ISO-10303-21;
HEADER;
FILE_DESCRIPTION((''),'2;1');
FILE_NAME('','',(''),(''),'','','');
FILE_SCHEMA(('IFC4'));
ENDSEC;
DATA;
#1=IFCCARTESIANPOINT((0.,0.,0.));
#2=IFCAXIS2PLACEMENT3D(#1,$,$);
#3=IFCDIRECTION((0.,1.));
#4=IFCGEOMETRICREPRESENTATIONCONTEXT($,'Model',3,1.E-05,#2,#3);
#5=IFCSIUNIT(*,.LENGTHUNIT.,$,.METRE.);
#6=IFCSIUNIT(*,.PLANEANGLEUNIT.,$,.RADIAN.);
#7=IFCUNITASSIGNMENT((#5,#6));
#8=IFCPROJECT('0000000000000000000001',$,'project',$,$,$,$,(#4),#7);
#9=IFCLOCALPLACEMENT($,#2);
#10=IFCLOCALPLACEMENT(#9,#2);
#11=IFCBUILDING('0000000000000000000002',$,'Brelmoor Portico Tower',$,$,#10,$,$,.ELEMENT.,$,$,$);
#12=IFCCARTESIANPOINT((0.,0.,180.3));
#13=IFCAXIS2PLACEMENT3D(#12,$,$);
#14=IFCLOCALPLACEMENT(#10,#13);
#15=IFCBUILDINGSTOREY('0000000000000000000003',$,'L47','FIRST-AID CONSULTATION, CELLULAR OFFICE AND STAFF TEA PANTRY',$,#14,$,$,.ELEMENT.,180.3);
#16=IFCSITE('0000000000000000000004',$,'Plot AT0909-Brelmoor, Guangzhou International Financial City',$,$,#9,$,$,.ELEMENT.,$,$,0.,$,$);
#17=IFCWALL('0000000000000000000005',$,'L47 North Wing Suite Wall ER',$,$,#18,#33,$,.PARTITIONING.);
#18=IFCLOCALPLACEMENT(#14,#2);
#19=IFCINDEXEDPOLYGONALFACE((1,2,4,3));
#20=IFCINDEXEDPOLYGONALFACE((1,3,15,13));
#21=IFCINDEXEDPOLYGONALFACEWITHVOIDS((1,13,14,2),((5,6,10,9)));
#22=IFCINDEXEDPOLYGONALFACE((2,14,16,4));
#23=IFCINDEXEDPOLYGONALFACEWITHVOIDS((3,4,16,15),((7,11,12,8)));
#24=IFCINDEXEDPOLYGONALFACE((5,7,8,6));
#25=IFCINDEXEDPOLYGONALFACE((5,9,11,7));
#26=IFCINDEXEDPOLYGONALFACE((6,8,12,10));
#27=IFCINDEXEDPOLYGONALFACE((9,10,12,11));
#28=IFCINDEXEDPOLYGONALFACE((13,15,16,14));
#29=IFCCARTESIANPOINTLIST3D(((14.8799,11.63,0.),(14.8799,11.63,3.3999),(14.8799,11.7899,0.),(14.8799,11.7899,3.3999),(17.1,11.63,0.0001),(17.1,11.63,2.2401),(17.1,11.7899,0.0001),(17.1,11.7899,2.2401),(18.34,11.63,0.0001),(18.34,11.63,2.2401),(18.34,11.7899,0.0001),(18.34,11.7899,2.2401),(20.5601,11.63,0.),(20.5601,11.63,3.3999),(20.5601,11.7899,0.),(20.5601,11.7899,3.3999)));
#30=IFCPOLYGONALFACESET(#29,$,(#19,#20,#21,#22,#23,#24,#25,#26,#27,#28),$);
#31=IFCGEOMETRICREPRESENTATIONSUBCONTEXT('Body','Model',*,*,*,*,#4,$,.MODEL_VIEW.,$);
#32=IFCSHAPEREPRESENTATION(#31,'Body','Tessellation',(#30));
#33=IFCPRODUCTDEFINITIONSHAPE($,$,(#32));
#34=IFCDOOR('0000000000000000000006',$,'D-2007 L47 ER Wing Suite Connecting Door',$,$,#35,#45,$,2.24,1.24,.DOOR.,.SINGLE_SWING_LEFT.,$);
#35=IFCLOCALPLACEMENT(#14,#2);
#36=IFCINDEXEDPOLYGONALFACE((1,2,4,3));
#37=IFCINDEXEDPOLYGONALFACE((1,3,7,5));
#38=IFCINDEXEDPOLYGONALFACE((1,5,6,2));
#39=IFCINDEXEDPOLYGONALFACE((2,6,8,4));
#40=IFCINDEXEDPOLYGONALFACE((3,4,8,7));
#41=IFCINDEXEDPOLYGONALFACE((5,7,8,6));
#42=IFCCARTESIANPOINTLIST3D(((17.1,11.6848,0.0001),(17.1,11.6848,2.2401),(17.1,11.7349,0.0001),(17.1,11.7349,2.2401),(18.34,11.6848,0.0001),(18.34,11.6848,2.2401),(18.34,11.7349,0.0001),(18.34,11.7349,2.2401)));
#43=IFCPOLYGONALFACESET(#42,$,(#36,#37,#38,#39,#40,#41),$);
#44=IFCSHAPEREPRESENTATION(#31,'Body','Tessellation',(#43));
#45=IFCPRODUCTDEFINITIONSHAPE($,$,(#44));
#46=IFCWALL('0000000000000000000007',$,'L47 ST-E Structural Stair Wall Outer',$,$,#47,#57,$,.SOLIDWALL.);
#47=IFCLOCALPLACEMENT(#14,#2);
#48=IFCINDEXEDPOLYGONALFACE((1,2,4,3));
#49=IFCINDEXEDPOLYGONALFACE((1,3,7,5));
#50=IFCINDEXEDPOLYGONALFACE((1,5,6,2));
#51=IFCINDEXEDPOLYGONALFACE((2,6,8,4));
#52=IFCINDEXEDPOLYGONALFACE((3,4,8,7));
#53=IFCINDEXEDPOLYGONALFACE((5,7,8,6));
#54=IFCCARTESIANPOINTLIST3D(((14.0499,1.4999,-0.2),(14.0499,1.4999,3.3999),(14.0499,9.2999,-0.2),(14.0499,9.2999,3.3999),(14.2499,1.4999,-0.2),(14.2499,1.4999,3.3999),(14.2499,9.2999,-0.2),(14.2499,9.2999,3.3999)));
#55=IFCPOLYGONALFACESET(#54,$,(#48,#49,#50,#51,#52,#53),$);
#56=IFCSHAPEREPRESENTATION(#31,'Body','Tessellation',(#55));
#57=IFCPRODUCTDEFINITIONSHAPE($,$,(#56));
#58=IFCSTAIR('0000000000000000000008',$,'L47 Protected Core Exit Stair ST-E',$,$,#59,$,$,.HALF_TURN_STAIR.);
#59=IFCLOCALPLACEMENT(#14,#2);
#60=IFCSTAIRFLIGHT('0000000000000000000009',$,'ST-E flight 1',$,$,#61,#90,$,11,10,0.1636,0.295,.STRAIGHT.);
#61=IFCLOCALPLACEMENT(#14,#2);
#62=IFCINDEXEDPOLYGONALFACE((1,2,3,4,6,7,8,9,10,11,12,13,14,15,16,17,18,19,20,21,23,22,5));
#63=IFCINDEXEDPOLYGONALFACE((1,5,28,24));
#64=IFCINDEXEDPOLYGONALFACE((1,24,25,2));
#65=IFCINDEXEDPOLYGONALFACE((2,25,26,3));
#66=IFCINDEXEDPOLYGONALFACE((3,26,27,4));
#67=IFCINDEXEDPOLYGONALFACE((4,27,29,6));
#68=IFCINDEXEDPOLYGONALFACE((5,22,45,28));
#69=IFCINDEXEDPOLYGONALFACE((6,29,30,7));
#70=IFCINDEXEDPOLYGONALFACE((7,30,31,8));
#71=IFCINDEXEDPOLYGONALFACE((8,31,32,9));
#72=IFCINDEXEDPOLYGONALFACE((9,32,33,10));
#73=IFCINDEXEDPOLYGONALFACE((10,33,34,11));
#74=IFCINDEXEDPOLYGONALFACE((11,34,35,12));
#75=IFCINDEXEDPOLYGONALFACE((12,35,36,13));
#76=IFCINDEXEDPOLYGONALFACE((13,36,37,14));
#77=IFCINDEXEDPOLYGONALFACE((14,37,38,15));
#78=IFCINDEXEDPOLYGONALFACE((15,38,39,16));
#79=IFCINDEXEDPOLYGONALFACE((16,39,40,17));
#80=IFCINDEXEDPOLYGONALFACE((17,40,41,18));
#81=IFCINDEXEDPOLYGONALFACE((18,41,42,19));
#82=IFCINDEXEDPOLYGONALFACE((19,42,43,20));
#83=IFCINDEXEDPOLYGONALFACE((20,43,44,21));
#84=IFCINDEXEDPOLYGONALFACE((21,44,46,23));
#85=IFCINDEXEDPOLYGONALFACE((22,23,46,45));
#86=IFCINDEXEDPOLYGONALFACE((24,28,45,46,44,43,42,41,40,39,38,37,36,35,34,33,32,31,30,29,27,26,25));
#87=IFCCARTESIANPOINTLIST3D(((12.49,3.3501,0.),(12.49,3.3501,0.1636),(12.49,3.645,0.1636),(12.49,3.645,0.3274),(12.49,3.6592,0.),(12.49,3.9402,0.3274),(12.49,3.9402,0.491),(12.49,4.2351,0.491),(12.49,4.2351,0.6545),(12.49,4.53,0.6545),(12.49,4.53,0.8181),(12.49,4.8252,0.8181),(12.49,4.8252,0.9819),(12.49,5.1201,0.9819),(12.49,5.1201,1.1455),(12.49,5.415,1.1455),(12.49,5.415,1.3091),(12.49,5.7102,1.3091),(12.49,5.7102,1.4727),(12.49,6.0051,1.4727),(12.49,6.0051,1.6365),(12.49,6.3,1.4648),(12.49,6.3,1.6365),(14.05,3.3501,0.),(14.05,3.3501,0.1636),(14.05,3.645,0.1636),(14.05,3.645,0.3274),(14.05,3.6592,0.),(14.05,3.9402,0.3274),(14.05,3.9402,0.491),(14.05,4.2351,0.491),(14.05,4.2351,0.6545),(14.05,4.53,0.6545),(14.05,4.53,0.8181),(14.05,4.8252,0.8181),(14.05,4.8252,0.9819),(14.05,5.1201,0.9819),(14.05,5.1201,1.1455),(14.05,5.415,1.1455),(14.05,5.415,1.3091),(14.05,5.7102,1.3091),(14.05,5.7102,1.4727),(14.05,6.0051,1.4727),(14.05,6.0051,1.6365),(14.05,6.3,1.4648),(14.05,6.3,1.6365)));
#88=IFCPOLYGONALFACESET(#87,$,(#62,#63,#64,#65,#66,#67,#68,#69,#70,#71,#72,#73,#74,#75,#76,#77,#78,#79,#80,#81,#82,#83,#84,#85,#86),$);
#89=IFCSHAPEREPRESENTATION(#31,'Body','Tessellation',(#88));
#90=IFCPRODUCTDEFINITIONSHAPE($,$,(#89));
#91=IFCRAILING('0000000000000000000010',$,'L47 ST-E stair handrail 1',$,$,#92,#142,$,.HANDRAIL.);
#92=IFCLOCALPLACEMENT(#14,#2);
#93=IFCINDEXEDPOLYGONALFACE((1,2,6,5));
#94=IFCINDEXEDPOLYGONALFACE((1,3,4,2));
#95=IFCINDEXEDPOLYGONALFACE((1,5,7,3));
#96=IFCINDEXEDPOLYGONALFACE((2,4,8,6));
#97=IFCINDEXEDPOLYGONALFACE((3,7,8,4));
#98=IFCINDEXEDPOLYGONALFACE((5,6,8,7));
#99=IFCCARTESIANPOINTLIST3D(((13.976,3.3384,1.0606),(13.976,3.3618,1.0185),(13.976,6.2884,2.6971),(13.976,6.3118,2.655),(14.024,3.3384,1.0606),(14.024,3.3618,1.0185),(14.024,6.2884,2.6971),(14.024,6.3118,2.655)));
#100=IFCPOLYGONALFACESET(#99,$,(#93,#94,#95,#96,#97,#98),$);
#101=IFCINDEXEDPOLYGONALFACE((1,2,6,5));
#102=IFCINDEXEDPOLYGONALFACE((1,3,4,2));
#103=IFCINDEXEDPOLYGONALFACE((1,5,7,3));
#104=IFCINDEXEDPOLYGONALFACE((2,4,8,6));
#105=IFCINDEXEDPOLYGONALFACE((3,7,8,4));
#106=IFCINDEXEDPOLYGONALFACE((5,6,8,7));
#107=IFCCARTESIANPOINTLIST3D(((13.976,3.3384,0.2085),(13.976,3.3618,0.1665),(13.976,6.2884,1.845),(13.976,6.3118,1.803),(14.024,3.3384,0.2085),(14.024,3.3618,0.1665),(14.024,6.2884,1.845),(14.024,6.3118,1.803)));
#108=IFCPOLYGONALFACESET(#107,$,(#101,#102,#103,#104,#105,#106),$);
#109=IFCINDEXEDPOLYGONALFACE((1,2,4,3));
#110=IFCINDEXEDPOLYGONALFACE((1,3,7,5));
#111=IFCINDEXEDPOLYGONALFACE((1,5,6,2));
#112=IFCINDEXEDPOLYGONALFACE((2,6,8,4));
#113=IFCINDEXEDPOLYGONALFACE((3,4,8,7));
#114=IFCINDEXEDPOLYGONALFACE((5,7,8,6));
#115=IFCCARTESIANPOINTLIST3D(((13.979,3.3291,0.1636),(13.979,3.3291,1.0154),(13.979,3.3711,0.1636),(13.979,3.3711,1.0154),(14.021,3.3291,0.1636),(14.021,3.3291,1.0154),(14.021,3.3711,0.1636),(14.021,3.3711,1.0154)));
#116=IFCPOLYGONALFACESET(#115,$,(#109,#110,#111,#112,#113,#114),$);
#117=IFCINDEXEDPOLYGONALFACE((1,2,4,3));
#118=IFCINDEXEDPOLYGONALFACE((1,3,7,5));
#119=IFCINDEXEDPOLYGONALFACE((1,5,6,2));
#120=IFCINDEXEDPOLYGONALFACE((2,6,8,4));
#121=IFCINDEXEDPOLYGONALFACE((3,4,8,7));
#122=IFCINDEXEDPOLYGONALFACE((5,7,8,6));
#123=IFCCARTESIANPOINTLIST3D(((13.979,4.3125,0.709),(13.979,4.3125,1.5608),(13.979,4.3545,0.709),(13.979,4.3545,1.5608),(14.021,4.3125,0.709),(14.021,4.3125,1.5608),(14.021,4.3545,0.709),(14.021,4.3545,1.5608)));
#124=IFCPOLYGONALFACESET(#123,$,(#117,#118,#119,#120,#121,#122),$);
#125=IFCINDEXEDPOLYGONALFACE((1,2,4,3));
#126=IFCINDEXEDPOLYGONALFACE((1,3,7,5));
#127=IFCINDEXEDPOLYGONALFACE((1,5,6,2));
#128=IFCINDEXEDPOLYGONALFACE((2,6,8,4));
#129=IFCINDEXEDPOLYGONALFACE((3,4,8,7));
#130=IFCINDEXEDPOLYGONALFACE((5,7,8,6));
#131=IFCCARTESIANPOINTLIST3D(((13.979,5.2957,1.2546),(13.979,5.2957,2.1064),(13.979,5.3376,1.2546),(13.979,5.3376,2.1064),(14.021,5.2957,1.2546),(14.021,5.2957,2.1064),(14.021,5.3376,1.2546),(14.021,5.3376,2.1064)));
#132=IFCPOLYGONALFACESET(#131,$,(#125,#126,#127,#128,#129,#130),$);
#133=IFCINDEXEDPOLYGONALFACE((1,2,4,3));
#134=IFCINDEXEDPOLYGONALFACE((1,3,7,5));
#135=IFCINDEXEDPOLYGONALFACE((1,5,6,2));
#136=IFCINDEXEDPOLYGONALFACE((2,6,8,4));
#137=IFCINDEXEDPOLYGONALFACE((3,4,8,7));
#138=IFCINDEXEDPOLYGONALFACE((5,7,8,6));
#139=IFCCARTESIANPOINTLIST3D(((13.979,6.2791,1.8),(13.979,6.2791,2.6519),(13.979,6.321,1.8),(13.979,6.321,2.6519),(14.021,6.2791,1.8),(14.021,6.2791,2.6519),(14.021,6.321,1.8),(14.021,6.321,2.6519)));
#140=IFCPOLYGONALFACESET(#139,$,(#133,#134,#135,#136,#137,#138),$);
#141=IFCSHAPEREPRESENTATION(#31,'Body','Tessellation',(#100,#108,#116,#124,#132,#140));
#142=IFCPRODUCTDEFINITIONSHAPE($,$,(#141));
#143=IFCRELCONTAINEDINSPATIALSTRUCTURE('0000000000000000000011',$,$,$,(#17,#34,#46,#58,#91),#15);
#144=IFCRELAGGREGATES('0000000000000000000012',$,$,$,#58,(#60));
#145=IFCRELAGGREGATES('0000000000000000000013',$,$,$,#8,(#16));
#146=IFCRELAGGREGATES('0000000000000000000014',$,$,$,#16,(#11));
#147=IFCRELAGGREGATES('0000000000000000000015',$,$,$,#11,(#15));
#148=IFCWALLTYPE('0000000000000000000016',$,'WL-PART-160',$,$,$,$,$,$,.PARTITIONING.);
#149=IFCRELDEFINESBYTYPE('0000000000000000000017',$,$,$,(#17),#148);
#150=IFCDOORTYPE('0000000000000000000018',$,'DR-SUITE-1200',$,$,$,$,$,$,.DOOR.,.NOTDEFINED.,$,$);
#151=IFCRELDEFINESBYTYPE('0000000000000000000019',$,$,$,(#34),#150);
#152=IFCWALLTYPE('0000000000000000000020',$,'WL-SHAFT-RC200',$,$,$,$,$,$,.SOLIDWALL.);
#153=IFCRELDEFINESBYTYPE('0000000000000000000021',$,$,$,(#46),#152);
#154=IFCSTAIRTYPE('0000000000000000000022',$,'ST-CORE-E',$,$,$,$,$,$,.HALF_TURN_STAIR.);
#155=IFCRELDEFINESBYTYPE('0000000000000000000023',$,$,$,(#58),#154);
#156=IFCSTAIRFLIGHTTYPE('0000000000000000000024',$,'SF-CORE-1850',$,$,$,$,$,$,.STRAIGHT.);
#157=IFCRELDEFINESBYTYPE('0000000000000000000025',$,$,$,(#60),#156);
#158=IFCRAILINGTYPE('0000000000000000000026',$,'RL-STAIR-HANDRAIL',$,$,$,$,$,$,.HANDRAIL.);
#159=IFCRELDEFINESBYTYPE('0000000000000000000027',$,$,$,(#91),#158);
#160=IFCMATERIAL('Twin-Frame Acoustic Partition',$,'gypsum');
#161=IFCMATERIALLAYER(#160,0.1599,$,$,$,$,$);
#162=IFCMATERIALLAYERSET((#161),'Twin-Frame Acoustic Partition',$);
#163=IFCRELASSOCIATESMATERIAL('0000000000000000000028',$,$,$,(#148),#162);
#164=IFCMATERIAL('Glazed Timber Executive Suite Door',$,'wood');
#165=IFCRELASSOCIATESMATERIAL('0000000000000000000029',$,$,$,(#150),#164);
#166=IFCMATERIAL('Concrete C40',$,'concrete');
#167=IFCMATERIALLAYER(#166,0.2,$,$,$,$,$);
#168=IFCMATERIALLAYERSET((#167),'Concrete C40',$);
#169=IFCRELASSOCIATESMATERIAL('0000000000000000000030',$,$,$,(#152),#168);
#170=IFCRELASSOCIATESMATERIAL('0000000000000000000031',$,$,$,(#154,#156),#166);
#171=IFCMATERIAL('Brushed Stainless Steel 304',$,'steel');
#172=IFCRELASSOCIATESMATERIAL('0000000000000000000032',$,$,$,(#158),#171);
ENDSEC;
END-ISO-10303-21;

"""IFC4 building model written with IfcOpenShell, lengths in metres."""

from ifc_helpers import new_model, si_unit, direction, frame, frame_2d, origin, origin_2d, place, context, subcontext, project, spatial, polyline, rectangle, outline, extrude, material, layer, layer_set, type_object, element, fill, aggregate, save


model = new_model("IFC4")

# Units and contexts
model_context = context("Model", 3, precision=1e-05, world=origin(), true_north=direction((0.0, 1.0)))
body_context = subcontext(model_context, "Body", "Model", "MODEL_VIEW")
ifc_project = project(units=[si_unit("LENGTHUNIT", "METRE"), si_unit("PLANEANGLEUNIT", "RADIAN")], contexts=[model_context])

# Site, building, storey
site_placement = place(None, origin())
site = spatial("IfcSite", under=ifc_project, at=site_placement, Name="Plot AT0909-Brelmoor, Guangzhou International Financial City", CompositionType="ELEMENT", RefElevation=0.0)
building_placement = place(site_placement, origin())
building = spatial("IfcBuilding", under=site, at=building_placement, Name="Brelmoor Portico Tower", CompositionType="ELEMENT")
storey_placement = place(building_placement, frame((0.0, 0.0, 180.3)))
storey = spatial("IfcBuildingStorey", under=building, at=storey_placement, Name="L47", Description="FIRST-AID CONSULTATION, CELLULAR OFFICE AND STAFF TEA PANTRY", CompositionType="ELEMENT", Elevation=180.3)

# Wall, opening, door
ifc_material_1 = material(Name="Twin-Frame Acoustic Partition", Category="gypsum")
ifc_layer_1 = layer(ifc_material_1, 0.1599)
ifc_layer_set_1 = layer_set([ifc_layer_1], Name="Twin-Frame Acoustic Partition")
wall_type_1 = type_object("IfcWallType", Name="WL-PART-160", PredefinedType="PARTITIONING", material=ifc_layer_set_1)
wall_1_placement = place(storey_placement, frame((14.8799, 11.71, 0.0), z_axis=(0.0, 0.0, 1.0), x_axis=(1.0, 0.0, 0.0)))
wall_1 = element("IfcWall", 1, at=wall_1_placement, inside=storey, type_object=wall_type_1, Name="L47 North Wing Suite Wall ER", PredefinedType="PARTITIONING", context=body_context, shape_type="SweptSolid", body=[
    extrude(rectangle(XDim=5.6802, YDim=0.1599, at=frame_2d((2.8401, 0.0))), origin(), (0.0, 0.0, 1.0), 3.3999),
])
opening_placement = place(wall_1_placement, frame((2.22, 0.0, 0.0)))
opening = element("IfcOpeningElement", 2, at=opening_placement, cuts=wall_1, PredefinedType="OPENING", context=body_context, shape_type="SweptSolid", body=[
    extrude(rectangle(XDim=1.24, YDim=2.24, at=frame_2d((0.6201, 1.1201))), frame((0.0, 0.0898, 0.0), z_axis=(0.0, -1.0, 0.0), x_axis=(1.0, 0.0, 0.0)), (0.0, 0.0, 1.0), 0.1799),
])
ifc_material_2 = material(Name="Glazed Timber Executive Suite Door", Category="wood")
door_type = type_object("IfcDoorType", Name="DR-SUITE-1200", OperationType="NOTDEFINED", PredefinedType="DOOR", material=ifc_material_2)
door_placement = place(opening_placement, origin())
door = element("IfcDoor", 3, at=door_placement, inside=storey, type_object=door_type, Name="D-2007 L47 ER Wing Suite Connecting Door", OperationType="SINGLE_SWING_LEFT", OverallHeight=2.24, OverallWidth=1.24, PredefinedType="DOOR", context=body_context, shape_type="SweptSolid", body=[
    extrude(rectangle(XDim=1.24, YDim=2.24, at=frame_2d((0.6201, 1.1201))), frame((0.0, 0.0249, 0.0), z_axis=(0.0, -1.0, 0.0), x_axis=(1.0, 0.0, 0.0)), (0.0, 0.0, 1.0), 0.05),
])
fill(opening, door)

# Wall
ifc_material_3 = material(Name="Concrete C40", Category="concrete")
ifc_layer_2 = layer(ifc_material_3, 0.2)
ifc_layer_set_2 = layer_set([ifc_layer_2], Name="Concrete C40")
wall_type_2 = type_object("IfcWallType", Name="WL-SHAFT-RC200", PredefinedType="SOLIDWALL", material=ifc_layer_set_2)
wall_2_placement = place(storey_placement, frame((14.1499, 1.5, -0.2), z_axis=(0.0, 0.0, 1.0), x_axis=(0.0, 1.0, 0.0)))
element("IfcWall", 4, at=wall_2_placement, inside=storey, type_object=wall_type_2, Name="L47 ST-E Structural Stair Wall Outer", PredefinedType="SOLIDWALL", context=body_context, shape_type="SweptSolid", body=[
    extrude(rectangle(XDim=7.8, YDim=0.2, at=frame_2d((3.8999, 0.0))), origin(), (0.0, 0.0, 1.0), 3.5999),
])

# Stair, stair flight
stair_type = type_object("IfcStairType", Name="ST-CORE-E", PredefinedType="HALF_TURN_STAIR", material=ifc_material_3)
stair_placement = place(storey_placement, origin())
stair = element("IfcStair", 5, at=stair_placement, inside=storey, type_object=stair_type, Name="L47 Protected Core Exit Stair ST-E", PredefinedType="HALF_TURN_STAIR")
stair_flight_type = type_object("IfcStairFlightType", Name="SF-CORE-1850", PredefinedType="STRAIGHT", material=ifc_material_3)
stair_flight_placement = place(storey_placement, frame((13.27, 3.3501, 0.0), z_axis=(0.0, 0.0, 1.0), x_axis=(0.0, 1.0, 0.0)))
stair_flight = element("IfcStairFlight", 6, at=stair_flight_placement, type_object=stair_flight_type, Name="ST-E flight 1", NumberOfRisers=11, NumberOfTreads=10, PredefinedType="STRAIGHT", RiserHeight=0.1636, TreadLength=0.295, context=body_context, shape_type="SweptSolid", body=[
    extrude(outline(polyline([(0.0, 0.0), (0.0, 0.1636), (0.2949, 0.1636), (0.2949, 0.3274), (0.5901, 0.3274), (0.5901, 0.491), (0.885, 0.491), (0.885, 0.6545), (1.1799, 0.6545), (1.1799, 0.8181), (1.4751, 0.8181), (1.4751, 0.9819), (1.77, 0.9819), (1.77, 1.1455), (2.0649, 1.1455), (2.0649, 1.3091), (2.3601, 1.3091), (2.3601, 1.4727), (2.655, 1.4727), (2.655, 1.6365), (2.95, 1.6365), (2.95, 1.8), (2.95, 1.4648), (0.3091, 0.0), (0.0, 0.0)])), frame((0.0, 0.78, 0.0), z_axis=(0.0, -1.0, 0.0), x_axis=(1.0, 0.0, 0.0)), (0.0, 0.0, 1.0), 1.5601),
])
aggregate(stair, [stair_flight])

# Railing
ifc_material_4 = material(Name="Brushed Stainless Steel 304", Category="steel")
railing_type = type_object("IfcRailingType", Name="RL-STAIR-HANDRAIL", PredefinedType="HANDRAIL", material=ifc_material_4)
railing_placement = place(storey_placement, frame((14.0, 3.3501, 0.1636)))
element("IfcRailing", 7, at=railing_placement, inside=storey, type_object=railing_type, Name="L47 ST-E stair handrail 1", PredefinedType="HANDRAIL", context=body_context, shape_type="SweptSolid", body=[
    extrude(rectangle(XDim=0.0481, YDim=0.0481, at=origin_2d()), frame((0.0, 0.0, 0.876), z_axis=(0.0, 0.874458, 0.485102), x_axis=(-1.0, 0.0, 0.0)), (0.0, 0.0, 1.0), 3.3735),
    extrude(rectangle(XDim=0.0481, YDim=0.0481, at=origin_2d()), frame((0.0, 0.0, 0.0239), z_axis=(0.0, 0.874458, 0.485102), x_axis=(-1.0, 0.0, 0.0)), (0.0, 0.0, 1.0), 3.3735),
    extrude(rectangle(XDim=0.042, YDim=0.042, at=origin_2d()), origin(), (0.0, 0.0, 1.0), 0.8518),
    extrude(rectangle(XDim=0.042, YDim=0.042, at=origin_2d()), frame((0.0, 0.9834, 0.5454)), (0.0, 0.0, 1.0), 0.8518),
    extrude(rectangle(XDim=0.042, YDim=0.042, at=origin_2d()), frame((0.0, 1.9666, 1.0911)), (0.0, 0.0, 1.0), 0.8518),
    extrude(rectangle(XDim=0.042, YDim=0.042, at=origin_2d()), frame((0.0, 2.95, 1.6365)), (0.0, 0.0, 1.0), 0.8518),
])

save(model, "model.ifc")
